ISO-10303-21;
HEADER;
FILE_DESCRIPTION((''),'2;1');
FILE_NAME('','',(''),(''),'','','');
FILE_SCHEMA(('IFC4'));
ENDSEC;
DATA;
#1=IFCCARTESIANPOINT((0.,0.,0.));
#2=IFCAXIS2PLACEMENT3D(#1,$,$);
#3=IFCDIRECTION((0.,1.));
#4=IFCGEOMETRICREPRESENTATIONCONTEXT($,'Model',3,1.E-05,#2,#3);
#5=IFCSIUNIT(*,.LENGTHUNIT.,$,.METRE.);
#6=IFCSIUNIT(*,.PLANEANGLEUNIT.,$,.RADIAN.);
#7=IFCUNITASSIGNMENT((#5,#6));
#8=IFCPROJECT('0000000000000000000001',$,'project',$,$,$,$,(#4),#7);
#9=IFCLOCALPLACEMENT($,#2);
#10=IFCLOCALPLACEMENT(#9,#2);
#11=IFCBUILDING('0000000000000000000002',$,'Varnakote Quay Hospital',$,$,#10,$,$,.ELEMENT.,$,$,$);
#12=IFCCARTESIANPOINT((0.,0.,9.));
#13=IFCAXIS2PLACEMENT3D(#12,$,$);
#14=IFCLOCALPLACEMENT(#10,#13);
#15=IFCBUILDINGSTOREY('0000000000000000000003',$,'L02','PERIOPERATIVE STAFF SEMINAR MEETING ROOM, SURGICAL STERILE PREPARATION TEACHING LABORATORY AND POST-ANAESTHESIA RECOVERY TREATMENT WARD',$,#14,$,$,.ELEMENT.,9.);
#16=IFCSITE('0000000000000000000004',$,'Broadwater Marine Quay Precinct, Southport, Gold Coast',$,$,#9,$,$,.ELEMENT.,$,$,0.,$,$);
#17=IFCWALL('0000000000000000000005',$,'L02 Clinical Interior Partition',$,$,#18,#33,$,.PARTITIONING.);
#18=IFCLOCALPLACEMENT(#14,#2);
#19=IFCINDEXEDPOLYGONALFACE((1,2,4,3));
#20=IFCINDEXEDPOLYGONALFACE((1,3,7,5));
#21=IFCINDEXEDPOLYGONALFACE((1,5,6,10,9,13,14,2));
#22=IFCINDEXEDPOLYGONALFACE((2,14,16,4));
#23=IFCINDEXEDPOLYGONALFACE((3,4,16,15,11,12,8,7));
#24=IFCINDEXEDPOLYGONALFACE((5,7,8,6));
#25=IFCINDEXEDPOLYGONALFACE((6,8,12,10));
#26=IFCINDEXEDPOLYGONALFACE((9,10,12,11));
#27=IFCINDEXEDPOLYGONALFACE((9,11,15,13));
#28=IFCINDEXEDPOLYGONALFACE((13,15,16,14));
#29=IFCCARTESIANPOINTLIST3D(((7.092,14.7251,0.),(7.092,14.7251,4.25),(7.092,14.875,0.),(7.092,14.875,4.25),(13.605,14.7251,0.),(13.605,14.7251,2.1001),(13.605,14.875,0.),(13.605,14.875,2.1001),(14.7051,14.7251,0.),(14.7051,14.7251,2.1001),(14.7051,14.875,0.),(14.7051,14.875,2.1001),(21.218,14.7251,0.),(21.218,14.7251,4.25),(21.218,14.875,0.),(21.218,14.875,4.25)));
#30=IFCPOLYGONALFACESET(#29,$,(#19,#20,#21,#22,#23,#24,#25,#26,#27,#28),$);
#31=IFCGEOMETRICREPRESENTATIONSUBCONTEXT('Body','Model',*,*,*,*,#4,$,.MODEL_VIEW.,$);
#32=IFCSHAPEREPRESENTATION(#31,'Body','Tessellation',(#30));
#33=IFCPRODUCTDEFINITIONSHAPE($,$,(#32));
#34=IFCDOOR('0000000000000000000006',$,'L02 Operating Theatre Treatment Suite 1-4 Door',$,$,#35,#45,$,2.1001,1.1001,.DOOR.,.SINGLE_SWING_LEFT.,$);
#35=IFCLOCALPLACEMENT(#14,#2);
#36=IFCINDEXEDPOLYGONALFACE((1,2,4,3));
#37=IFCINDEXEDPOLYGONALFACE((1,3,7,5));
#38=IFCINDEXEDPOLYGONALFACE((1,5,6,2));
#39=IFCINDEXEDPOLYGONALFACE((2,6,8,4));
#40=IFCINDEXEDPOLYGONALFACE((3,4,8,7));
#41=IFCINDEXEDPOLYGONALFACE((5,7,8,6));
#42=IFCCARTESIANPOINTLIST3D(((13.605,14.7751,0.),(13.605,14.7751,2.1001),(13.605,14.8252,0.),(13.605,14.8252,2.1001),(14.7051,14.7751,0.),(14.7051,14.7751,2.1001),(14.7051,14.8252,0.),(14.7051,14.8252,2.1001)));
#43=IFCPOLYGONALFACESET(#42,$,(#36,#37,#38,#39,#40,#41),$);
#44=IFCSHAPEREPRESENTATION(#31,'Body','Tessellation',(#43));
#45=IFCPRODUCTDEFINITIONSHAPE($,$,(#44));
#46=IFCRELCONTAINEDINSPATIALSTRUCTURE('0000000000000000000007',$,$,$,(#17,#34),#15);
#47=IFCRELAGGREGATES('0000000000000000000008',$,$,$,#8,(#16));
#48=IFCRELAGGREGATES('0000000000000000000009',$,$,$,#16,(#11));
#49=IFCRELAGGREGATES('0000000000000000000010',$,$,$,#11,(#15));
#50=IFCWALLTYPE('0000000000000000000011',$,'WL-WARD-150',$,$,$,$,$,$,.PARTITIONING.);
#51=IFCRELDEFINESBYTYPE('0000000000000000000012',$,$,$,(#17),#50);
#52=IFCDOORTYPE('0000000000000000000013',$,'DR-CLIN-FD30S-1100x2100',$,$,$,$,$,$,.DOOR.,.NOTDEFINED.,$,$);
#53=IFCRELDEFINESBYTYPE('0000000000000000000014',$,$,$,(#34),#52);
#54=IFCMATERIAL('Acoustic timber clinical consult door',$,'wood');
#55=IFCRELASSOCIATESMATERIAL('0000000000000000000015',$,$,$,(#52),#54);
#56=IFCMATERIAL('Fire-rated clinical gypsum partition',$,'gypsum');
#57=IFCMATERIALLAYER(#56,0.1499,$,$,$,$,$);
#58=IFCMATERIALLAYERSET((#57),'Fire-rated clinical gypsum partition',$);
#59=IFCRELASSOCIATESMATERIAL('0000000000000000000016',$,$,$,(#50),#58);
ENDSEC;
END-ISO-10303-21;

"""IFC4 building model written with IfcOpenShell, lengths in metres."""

from ifc_helpers import new_model, si_unit, direction, frame, frame_2d, origin, place, context, subcontext, project, spatial, rectangle, extrude, material, layer, layer_set, type_object, element, fill, save


model = new_model("IFC4")

# Units and contexts
model_context = context("Model", 3, precision=1e-05, world=origin(), true_north=direction((0.0, 1.0)))
body_context = subcontext(model_context, "Body", "Model", "MODEL_VIEW")
ifc_project = project(units=[si_unit("LENGTHUNIT", "METRE"), si_unit("PLANEANGLEUNIT", "RADIAN")], contexts=[model_context])

# Site, building, storey
site_placement = place(None, origin())
site = spatial("IfcSite", under=ifc_project, at=site_placement, Name="Broadwater Marine Quay Precinct, Southport, Gold Coast", CompositionType="ELEMENT", RefElevation=0.0)
building_placement = place(site_placement, origin())
building = spatial("IfcBuilding", under=site, at=building_placement, Name="Varnakote Quay Hospital", CompositionType="ELEMENT")
storey_placement = place(building_placement, frame((0.0, 0.0, 9.0)))
storey = spatial("IfcBuildingStorey", under=building, at=storey_placement, Name="L02", Description="PERIOPERATIVE STAFF SEMINAR MEETING ROOM, SURGICAL STERILE PREPARATION TEACHING LABORATORY AND POST-ANAESTHESIA RECOVERY TREATMENT WARD", CompositionType="ELEMENT", Elevation=9.0)

# Wall, opening, door
ifc_material_1 = material(Name="Acoustic timber clinical consult door", Category="wood")
door_type_1 = type_object("IfcDoorType", Name="DR-CLIN-FD30S-1100x2100", OperationType="NOTDEFINED", PredefinedType="DOOR", material=ifc_material_1)
ifc_material_2 = material(Name="Fire-rated clinical gypsum partition", Category="gypsum")
ifc_layer_1 = layer(ifc_material_2, 0.1499)
ifc_layer_set_1 = layer_set([ifc_layer_1], Name="Fire-rated clinical gypsum partition")
wall_type_1 = type_object("IfcWallType", Name="WL-WARD-150", PredefinedType="PARTITIONING", material=ifc_layer_set_1)
wall_1_placement = place(storey_placement, frame((21.218, 14.8, 0.0), z_axis=(0.0, 0.0, 1.0), x_axis=(-1.0, 0.0, 0.0)))
wall_1 = element("IfcWall", 1, at=wall_1_placement, inside=storey, type_object=wall_type_1, Name="L02 Clinical Interior Partition", PredefinedType="PARTITIONING", context=body_context, shape_type="SweptSolid", body=[
    extrude(rectangle(XDim=14.126, YDim=0.1499, at=frame_2d((7.063, 0.0))), origin(), (0.0, 0.0, 1.0), 4.25),
])
opening_1_placement = place(wall_1_placement, frame((6.5129, 0.0, 0.0)))
opening_1 = element("IfcOpeningElement", 2, at=opening_1_placement, cuts=wall_1, PredefinedType="OPENING", context=body_context, shape_type="SweptSolid", body=[
    extrude(rectangle(XDim=1.1001, YDim=2.1001, at=frame_2d((0.55, 1.05))), frame((0.0, 0.085, 0.0), z_axis=(0.0, -1.0, 0.0), x_axis=(1.0, 0.0, 0.0)), (0.0, 0.0, 1.0), 0.1699),
])
door_1_placement = place(opening_1_placement, origin())
door_1 = element("IfcDoor", 3, at=door_1_placement, inside=storey, type_object=door_type_1, Name="L02 Operating Theatre Treatment Suite 1-4 Door", OperationType="SINGLE_SWING_LEFT", OverallHeight=2.1001, OverallWidth=1.1001, PredefinedType="DOOR", context=body_context, shape_type="SweptSolid", body=[
    extrude(rectangle(XDim=1.1001, YDim=2.1001, at=frame_2d((0.55, 1.05))), frame((0.0, 0.0249, 0.0), z_axis=(0.0, -1.0, 0.0), x_axis=(1.0, 0.0, 0.0)), (0.0, 0.0, 1.0), 0.05),
])
fill(opening_1, door_1)

save(model, "model.ifc")
